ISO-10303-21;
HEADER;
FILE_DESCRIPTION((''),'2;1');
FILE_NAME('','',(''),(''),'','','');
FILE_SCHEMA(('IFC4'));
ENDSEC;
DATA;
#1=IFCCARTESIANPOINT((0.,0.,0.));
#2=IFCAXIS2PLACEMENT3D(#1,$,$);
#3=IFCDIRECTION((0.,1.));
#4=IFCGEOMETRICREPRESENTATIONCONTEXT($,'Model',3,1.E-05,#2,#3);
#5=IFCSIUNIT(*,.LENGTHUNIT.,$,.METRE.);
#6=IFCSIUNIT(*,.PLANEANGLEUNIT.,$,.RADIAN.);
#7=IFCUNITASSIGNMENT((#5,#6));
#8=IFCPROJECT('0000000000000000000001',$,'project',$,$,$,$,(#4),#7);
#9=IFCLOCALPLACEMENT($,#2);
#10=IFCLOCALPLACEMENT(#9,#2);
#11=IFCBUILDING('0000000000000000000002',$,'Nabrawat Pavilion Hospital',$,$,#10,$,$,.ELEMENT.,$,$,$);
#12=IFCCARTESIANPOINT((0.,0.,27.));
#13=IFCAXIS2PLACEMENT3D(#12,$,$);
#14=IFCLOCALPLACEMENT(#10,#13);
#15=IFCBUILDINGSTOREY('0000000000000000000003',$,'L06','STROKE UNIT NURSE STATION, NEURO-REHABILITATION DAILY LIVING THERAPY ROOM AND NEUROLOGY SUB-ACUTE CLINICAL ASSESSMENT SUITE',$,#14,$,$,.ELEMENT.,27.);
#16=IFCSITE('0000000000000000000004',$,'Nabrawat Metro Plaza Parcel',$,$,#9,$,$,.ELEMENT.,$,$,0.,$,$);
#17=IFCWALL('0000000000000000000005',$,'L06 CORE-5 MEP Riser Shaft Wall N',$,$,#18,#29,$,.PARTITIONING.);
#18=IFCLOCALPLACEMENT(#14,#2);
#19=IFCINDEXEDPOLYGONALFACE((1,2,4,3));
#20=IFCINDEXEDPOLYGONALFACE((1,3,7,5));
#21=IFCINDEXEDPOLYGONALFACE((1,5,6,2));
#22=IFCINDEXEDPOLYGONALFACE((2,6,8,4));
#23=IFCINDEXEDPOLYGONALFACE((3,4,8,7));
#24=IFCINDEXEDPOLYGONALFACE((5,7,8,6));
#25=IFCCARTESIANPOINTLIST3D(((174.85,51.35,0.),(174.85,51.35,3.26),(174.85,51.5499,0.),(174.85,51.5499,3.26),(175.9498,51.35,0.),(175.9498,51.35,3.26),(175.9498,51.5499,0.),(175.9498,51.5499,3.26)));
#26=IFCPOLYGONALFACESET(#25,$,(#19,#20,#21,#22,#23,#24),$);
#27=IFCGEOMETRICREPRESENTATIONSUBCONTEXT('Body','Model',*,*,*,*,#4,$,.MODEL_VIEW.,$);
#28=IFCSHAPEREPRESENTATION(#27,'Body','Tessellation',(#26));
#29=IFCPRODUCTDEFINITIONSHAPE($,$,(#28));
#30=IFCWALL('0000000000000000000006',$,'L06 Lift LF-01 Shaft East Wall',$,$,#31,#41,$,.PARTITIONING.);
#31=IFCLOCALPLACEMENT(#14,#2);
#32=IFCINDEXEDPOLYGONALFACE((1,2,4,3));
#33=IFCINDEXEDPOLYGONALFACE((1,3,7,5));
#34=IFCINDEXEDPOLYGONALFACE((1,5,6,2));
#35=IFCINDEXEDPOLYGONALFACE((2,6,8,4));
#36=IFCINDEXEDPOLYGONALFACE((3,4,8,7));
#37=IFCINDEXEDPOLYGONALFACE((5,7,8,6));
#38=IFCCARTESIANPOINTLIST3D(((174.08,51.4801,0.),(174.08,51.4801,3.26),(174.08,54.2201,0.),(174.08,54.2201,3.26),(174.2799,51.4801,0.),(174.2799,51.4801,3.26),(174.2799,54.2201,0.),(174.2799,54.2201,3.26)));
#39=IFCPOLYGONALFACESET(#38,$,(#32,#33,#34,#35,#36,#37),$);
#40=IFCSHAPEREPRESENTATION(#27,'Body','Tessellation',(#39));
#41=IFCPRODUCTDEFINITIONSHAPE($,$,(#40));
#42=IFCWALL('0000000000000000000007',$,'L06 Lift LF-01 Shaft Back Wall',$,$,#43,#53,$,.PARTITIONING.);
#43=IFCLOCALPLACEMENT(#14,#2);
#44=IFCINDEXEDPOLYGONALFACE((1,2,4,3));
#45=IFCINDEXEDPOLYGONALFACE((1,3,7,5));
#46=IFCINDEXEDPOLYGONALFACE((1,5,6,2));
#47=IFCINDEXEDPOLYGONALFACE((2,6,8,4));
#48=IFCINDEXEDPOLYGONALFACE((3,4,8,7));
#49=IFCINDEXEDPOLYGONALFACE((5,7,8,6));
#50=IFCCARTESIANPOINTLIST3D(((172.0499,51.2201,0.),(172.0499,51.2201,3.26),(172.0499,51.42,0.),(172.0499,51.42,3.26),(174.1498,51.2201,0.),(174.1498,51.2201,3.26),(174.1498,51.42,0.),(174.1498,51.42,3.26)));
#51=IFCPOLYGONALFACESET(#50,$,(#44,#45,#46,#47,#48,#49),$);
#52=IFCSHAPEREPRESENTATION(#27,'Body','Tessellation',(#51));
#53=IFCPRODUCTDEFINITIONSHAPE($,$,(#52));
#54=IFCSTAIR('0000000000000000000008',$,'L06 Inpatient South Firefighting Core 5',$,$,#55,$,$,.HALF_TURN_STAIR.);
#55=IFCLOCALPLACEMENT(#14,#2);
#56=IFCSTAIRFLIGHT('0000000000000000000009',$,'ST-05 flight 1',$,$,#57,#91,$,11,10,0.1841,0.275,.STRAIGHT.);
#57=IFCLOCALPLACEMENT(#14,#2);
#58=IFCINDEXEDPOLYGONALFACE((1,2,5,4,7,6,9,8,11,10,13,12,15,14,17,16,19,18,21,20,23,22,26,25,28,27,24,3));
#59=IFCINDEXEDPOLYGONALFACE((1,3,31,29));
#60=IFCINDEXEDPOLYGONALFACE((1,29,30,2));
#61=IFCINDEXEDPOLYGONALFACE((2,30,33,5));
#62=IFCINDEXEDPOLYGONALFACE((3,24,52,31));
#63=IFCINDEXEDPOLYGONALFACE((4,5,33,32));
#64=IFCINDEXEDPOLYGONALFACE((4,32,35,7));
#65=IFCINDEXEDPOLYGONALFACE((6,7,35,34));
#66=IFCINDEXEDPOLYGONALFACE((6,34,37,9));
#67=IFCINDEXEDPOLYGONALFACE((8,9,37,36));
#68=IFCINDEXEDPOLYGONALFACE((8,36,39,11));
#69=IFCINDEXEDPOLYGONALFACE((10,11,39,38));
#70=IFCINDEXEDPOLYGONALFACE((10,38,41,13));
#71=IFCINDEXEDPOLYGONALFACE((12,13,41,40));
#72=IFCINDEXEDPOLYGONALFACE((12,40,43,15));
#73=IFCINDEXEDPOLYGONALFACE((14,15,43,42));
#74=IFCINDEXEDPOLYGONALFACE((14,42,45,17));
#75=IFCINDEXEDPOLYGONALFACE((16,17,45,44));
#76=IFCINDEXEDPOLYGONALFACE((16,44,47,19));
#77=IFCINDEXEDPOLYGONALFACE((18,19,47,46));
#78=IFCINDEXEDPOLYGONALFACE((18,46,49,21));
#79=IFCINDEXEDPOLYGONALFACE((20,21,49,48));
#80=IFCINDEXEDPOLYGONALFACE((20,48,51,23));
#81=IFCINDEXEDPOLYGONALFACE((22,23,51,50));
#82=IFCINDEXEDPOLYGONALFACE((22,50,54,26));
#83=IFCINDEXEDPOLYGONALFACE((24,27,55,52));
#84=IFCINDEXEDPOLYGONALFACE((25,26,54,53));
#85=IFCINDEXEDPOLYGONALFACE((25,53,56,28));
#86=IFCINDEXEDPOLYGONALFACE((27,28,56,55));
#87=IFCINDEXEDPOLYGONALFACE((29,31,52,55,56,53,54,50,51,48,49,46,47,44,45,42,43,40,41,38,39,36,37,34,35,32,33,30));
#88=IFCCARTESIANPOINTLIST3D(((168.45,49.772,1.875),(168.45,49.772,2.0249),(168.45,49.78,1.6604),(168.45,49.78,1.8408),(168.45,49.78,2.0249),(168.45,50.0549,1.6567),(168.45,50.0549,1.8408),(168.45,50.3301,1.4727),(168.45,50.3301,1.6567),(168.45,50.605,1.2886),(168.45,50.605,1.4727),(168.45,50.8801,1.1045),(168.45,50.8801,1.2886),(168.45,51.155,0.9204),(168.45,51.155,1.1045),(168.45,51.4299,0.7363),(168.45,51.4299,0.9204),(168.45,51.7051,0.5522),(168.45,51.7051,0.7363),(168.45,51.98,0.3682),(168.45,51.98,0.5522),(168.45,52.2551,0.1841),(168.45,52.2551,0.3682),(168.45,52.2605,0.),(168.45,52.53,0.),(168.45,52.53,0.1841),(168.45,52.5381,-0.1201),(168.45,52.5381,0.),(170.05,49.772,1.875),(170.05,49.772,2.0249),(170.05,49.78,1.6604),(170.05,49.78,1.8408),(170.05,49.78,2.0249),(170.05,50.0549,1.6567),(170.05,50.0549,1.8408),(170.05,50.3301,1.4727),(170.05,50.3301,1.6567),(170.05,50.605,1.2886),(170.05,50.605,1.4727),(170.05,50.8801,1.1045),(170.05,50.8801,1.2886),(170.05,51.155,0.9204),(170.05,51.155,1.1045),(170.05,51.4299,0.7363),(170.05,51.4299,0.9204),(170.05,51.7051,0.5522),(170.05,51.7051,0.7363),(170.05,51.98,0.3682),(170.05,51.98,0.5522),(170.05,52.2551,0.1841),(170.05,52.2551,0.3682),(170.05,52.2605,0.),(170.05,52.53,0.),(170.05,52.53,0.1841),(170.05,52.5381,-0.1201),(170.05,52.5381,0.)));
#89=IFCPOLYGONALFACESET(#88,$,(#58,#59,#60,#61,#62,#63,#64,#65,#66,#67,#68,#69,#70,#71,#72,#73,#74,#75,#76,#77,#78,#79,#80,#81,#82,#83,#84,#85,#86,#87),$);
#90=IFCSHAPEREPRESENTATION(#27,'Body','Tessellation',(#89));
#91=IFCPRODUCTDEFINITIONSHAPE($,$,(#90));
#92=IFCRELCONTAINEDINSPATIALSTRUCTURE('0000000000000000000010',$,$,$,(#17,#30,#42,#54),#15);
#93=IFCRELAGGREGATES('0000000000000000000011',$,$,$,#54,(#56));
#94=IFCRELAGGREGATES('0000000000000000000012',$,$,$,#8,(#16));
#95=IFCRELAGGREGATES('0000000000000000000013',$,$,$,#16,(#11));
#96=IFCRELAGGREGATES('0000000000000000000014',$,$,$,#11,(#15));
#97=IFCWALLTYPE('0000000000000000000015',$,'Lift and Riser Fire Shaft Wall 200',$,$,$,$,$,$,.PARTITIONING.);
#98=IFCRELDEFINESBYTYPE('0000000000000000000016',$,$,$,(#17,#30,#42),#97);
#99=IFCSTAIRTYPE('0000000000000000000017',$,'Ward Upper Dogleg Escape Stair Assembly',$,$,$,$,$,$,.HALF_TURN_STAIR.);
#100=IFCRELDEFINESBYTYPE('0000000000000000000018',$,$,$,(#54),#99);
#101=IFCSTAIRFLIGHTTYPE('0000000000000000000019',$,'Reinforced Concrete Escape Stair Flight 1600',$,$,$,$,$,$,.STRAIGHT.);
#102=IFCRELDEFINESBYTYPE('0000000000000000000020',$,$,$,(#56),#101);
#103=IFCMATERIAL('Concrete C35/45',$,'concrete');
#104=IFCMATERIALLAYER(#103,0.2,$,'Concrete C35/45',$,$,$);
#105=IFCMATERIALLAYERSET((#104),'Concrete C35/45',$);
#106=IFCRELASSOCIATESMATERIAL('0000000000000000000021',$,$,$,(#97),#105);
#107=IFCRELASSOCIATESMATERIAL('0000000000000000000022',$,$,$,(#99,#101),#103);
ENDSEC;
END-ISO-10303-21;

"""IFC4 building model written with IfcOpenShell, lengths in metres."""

from ifc_helpers import new_model, si_unit, direction, frame, frame_2d, origin, place, context, subcontext, project, spatial, polyline, rectangle, outline, extrude, material, layer, layer_set, type_object, element, aggregate, save


model = new_model("IFC4")

# Units and contexts
model_context = context("Model", 3, precision=1e-05, world=origin(), true_north=direction((0.0, 1.0)))
body_context = subcontext(model_context, "Body", "Model", "MODEL_VIEW")
ifc_project = project(units=[si_unit("LENGTHUNIT", "METRE"), si_unit("PLANEANGLEUNIT", "RADIAN")], contexts=[model_context])

# Site, building, storey
site_placement = place(None, origin())
site = spatial("IfcSite", under=ifc_project, at=site_placement, Name="Nabrawat Metro Plaza Parcel", CompositionType="ELEMENT", RefElevation=0.0)
building_placement = place(site_placement, origin())
building = spatial("IfcBuilding", under=site, at=building_placement, Name="Nabrawat Pavilion Hospital", CompositionType="ELEMENT")
storey_placement = place(building_placement, frame((0.0, 0.0, 27.0)))
storey = spatial("IfcBuildingStorey", under=building, at=storey_placement, Name="L06", Description="STROKE UNIT NURSE STATION, NEURO-REHABILITATION DAILY LIVING THERAPY ROOM AND NEUROLOGY SUB-ACUTE CLINICAL ASSESSMENT SUITE", CompositionType="ELEMENT", Elevation=27.0)

# Shared definitions
ifc_material_1 = material(Name="Concrete C35/45", Category="concrete")

# Walls
ifc_layer_1 = layer(ifc_material_1, 0.2, Name="Concrete C35/45")
ifc_layer_set_1 = layer_set([ifc_layer_1], Name="Concrete C35/45")
wall_type_1 = type_object("IfcWallType", Name="Lift and Riser Fire Shaft Wall 200", PredefinedType="PARTITIONING", material=ifc_layer_set_1)
wall_1_placement = place(storey_placement, frame((174.8501, 51.45, 0.0), z_axis=(0.0, 0.0, 1.0), x_axis=(1.0, 0.0, 0.0)))
element("IfcWall", 1, at=wall_1_placement, inside=storey, type_object=wall_type_1, Name="L06 CORE-5 MEP Riser Shaft Wall N", PredefinedType="PARTITIONING", context=body_context, shape_type="SweptSolid", body=[
    extrude(rectangle(XDim=1.0999, YDim=0.2, at=frame_2d((0.5498, 0.0))), origin(), (0.0, 0.0, 1.0), 3.26),
])
wall_2_placement = place(storey_placement, frame((174.1799, 51.48, 0.0), z_axis=(0.0, 0.0, 1.0), x_axis=(0.0, 1.0, 0.0)))
element("IfcWall", 2, at=wall_2_placement, inside=storey, type_object=wall_type_1, Name="L06 Lift LF-01 Shaft East Wall", PredefinedType="PARTITIONING", context=body_context, shape_type="SweptSolid", body=[
    extrude(rectangle(XDim=2.74, YDim=0.2, at=frame_2d((1.3701, 0.0))), origin(), (0.0, 0.0, 1.0), 3.26),
])
wall_3_placement = place(storey_placement, frame((172.05, 51.3201, 0.0), z_axis=(0.0, 0.0, 1.0), x_axis=(1.0, 0.0, 0.0)))
element("IfcWall", 3, at=wall_3_placement, inside=storey, type_object=wall_type_1, Name="L06 Lift LF-01 Shaft Back Wall", PredefinedType="PARTITIONING", context=body_context, shape_type="SweptSolid", body=[
    extrude(rectangle(XDim=2.0999, YDim=0.2, at=frame_2d((1.0498, 0.0))), origin(), (0.0, 0.0, 1.0), 3.26),
])

# Stair, stair flight
stair_type = type_object("IfcStairType", Name="Ward Upper Dogleg Escape Stair Assembly", PredefinedType="HALF_TURN_STAIR", material=ifc_material_1)
stair_placement = place(storey_placement, origin())
stair = element("IfcStair", 4, at=stair_placement, inside=storey, type_object=stair_type, Name="L06 Inpatient South Firefighting Core 5", PredefinedType="HALF_TURN_STAIR")
stair_flight_type = type_object("IfcStairFlightType", Name="Reinforced Concrete Escape Stair Flight 1600", PredefinedType="STRAIGHT", material=ifc_material_1)
stair_flight_placement = place(storey_placement, frame((169.25, 52.53, 0.0), z_axis=(0.0, 0.0, 1.0), x_axis=(0.0, -1.0, 0.0)))
stair_flight = element("IfcStairFlight", 5, at=stair_flight_placement, type_object=stair_flight_type, Name="ST-05 flight 1", NumberOfRisers=11, NumberOfTreads=10, PredefinedType="STRAIGHT", RiserHeight=0.1841, TreadLength=0.275, context=body_context, shape_type="SweptSolid", body=[
    extrude(outline(polyline([(-0.0081, 0.0), (0.0, 0.0), (0.0, 0.1841), (0.2749, 0.1841), (0.2749, 0.3682), (0.55, 0.3682), (0.55, 0.5522), (0.825, 0.5522), (0.825, 0.7363), (1.1001, 0.7363), (1.1001, 0.9204), (1.375, 0.9204), (1.375, 1.1045), (1.6499, 1.1045), (1.6499, 1.2886), (1.925, 1.2886), (1.925, 1.4727), (2.2, 1.4727), (2.2, 1.6567), (2.4751, 1.6567), (2.4751, 1.8408), (2.75, 1.8408), (2.75, 2.0249), (2.7581, 2.0249), (2.7581, 1.875), (2.75, 1.6604), (0.2695, 0.0), (-0.0081, -0.1201), (-0.0081, 0.0)])), frame((0.0, 0.8, 0.0), z_axis=(0.0, -1.0, 0.0), x_axis=(1.0, 0.0, 0.0)), (0.0, 0.0, 1.0), 1.6001),
])
aggregate(stair, [stair_flight])

save(model, "model.ifc")
